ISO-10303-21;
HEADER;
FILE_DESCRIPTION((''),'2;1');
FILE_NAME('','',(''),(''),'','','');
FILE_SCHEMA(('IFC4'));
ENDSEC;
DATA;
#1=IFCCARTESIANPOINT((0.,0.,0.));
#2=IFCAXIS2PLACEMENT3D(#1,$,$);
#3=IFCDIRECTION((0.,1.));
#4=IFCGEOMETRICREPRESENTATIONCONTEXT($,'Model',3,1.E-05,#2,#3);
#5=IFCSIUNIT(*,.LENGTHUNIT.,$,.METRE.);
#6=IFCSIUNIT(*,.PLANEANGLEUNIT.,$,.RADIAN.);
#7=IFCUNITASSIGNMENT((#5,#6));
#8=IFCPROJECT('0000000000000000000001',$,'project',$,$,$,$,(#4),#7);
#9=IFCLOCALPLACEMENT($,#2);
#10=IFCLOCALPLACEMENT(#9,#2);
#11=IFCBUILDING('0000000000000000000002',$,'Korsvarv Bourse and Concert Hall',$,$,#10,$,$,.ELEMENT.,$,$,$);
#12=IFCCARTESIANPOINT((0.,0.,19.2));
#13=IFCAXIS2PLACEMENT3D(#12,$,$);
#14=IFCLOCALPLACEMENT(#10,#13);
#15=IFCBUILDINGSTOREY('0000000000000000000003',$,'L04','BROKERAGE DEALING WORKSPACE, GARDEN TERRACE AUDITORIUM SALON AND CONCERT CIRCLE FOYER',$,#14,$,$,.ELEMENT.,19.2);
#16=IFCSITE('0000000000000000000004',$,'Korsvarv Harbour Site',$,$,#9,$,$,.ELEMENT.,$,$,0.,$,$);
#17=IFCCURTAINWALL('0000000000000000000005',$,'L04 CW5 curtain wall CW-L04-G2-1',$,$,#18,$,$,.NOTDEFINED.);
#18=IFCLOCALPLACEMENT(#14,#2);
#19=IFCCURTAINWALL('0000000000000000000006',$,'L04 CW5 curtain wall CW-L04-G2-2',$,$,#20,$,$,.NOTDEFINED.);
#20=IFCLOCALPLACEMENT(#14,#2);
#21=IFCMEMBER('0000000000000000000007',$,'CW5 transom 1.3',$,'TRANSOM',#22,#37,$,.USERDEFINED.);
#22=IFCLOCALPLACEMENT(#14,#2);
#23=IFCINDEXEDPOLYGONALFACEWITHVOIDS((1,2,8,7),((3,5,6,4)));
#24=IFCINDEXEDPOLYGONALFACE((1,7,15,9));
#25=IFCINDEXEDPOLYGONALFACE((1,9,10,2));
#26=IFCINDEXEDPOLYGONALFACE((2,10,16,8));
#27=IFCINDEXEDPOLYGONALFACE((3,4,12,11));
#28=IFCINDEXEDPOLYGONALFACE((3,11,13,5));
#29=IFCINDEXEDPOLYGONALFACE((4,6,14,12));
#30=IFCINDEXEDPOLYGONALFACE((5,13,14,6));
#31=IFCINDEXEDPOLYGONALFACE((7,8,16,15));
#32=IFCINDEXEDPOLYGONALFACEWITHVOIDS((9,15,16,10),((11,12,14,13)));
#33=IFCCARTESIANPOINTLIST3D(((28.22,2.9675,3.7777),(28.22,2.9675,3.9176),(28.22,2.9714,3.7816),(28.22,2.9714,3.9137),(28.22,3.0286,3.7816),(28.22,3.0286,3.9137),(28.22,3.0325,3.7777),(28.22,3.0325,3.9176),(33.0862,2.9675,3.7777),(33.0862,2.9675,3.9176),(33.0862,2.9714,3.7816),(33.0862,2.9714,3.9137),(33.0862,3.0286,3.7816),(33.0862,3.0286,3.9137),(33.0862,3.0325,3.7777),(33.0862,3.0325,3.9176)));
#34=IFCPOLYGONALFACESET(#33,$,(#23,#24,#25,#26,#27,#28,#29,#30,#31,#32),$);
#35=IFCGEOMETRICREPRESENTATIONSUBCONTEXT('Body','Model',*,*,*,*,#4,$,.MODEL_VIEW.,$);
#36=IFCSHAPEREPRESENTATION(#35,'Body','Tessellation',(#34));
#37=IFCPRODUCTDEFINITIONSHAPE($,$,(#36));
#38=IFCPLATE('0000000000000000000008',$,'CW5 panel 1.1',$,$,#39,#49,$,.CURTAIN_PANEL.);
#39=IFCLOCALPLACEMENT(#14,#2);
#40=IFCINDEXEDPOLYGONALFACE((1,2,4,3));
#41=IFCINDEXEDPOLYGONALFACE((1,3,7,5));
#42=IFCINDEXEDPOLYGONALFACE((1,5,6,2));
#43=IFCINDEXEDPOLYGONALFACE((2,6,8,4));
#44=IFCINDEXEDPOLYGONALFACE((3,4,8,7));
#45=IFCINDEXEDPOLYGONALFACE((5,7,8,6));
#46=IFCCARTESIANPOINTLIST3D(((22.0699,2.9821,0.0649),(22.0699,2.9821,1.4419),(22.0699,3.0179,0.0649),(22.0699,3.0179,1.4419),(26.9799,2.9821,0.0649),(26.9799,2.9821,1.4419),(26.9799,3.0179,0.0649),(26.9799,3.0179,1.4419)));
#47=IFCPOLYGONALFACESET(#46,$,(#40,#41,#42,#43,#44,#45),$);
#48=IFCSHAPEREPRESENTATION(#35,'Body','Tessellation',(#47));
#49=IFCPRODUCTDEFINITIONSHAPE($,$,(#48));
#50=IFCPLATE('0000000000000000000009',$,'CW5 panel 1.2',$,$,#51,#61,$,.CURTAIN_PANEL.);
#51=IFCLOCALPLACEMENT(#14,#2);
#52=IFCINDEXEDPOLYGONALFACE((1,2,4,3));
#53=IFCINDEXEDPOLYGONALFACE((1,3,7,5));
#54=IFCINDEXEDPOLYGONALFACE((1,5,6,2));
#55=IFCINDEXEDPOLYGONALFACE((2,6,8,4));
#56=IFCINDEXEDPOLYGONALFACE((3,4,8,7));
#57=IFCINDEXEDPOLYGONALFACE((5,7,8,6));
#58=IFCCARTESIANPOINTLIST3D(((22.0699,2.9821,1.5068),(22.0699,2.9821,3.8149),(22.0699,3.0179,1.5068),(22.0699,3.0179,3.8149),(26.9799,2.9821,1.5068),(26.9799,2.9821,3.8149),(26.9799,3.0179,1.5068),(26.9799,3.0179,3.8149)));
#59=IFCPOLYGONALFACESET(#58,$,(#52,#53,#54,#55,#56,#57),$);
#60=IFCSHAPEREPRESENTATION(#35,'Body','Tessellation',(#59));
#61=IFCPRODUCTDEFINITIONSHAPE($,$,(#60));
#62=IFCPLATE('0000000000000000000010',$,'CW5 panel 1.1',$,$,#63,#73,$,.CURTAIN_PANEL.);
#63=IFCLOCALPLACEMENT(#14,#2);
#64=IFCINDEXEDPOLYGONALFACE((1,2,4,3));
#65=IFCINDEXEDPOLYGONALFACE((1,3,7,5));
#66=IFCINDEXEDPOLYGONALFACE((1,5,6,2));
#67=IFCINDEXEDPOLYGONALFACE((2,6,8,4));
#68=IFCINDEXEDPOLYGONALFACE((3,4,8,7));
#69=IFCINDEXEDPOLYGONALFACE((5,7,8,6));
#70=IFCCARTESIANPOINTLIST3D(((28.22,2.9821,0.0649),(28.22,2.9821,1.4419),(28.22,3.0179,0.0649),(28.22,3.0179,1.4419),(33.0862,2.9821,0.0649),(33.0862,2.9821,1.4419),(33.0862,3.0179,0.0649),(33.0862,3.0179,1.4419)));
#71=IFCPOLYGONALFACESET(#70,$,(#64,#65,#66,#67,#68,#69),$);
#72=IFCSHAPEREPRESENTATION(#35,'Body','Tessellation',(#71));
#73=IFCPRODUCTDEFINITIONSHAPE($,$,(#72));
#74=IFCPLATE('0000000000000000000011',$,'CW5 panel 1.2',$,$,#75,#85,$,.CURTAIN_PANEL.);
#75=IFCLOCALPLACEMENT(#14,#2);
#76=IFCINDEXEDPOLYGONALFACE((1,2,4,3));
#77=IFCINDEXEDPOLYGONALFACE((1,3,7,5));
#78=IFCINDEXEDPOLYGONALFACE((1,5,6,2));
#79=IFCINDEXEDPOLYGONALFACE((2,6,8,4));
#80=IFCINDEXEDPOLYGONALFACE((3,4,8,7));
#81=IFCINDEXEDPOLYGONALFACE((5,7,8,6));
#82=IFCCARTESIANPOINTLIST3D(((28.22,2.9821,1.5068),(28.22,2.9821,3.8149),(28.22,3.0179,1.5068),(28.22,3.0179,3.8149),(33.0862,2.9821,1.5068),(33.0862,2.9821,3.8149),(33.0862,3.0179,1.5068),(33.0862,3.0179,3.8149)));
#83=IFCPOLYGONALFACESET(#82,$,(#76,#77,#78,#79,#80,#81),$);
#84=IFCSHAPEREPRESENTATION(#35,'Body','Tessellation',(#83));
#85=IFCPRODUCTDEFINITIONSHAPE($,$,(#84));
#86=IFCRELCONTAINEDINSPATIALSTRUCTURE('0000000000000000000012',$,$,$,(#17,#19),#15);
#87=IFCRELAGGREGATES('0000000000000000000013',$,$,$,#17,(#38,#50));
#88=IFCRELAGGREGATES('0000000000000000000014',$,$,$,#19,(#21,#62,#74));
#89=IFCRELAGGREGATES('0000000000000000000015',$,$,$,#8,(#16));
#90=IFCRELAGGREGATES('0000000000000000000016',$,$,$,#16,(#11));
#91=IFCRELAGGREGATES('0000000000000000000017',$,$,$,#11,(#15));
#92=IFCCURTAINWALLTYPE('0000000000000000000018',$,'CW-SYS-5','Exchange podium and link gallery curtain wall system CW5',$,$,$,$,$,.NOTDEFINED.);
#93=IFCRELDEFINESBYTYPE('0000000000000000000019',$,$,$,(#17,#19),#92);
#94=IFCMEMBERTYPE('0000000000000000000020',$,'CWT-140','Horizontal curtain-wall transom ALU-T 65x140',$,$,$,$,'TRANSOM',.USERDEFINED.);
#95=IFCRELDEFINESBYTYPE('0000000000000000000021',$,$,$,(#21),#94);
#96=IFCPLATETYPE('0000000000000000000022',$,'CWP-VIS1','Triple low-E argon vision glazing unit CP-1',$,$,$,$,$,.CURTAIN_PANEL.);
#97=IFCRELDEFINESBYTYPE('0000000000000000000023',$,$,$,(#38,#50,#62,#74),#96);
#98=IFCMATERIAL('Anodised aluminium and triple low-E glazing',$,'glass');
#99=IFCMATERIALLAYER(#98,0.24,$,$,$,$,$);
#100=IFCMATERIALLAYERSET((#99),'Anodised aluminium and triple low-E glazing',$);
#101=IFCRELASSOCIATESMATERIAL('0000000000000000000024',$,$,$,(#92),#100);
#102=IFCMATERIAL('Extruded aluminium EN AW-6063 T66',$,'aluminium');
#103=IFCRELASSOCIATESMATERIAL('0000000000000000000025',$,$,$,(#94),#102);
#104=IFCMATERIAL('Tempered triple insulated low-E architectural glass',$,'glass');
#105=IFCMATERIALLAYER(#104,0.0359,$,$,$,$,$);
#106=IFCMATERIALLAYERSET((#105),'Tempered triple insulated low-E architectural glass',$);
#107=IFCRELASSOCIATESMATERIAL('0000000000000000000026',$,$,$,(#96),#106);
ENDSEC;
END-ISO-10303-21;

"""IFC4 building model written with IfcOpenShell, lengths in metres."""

from ifc_helpers import new_model, si_unit, direction, frame, origin, origin_2d, place, context, subcontext, project, spatial, rectangle, hollow_rectangle, extrude, source, transform, mapped, material, layer, layer_set, material_profile, profile_set, type_object, element, aggregate, save


model = new_model("IFC4")

# Units and contexts
model_context = context("Model", 3, precision=1e-05, world=origin(), true_north=direction((0.0, 1.0)))
body_context = subcontext(model_context, "Body", "Model", "MODEL_VIEW")
ifc_project = project(units=[si_unit("LENGTHUNIT", "METRE"), si_unit("PLANEANGLEUNIT", "RADIAN")], contexts=[model_context])

# Site, building, storey
site_placement = place(None, origin())
site = spatial("IfcSite", under=ifc_project, at=site_placement, Name="Korsvarv Harbour Site", CompositionType="ELEMENT", RefElevation=0.0)
building_placement = place(site_placement, origin())
building = spatial("IfcBuilding", under=site, at=building_placement, Name="Korsvarv Bourse and Concert Hall", CompositionType="ELEMENT")
storey_placement = place(building_placement, frame((0.0, 0.0, 19.2)))
storey = spatial("IfcBuildingStorey", under=building, at=storey_placement, Name="L04", Description="BROKERAGE DEALING WORKSPACE, GARDEN TERRACE AUDITORIUM SALON AND CONCERT CIRCLE FOYER", CompositionType="ELEMENT", Elevation=19.2)

# Curtain wall
ifc_material_1 = material(Name="Anodised aluminium and triple low-E glazing", Category="glass")
ifc_layer_1 = layer(ifc_material_1, 0.24)
ifc_layer_set_1 = layer_set([ifc_layer_1], Name="Anodised aluminium and triple low-E glazing")
curtain_wall_type = type_object("IfcCurtainWallType", Name="CW-SYS-5", Description="Exchange podium and link gallery curtain wall system CW5", PredefinedType="NOTDEFINED", material=ifc_layer_set_1)
curtain_wall_1_placement = place(storey_placement, origin())
curtain_wall_1 = element("IfcCurtainWall", 1, at=curtain_wall_1_placement, inside=storey, type_object=curtain_wall_type, Name="L04 CW5 curtain wall CW-L04-G2-1", PredefinedType="NOTDEFINED")
ifc_material_2 = material(Name="Extruded aluminium EN AW-6063 T66", Category="aluminium")

# Curtain wall
curtain_wall_2_placement = place(storey_placement, origin())
curtain_wall_2 = element("IfcCurtainWall", 2, at=curtain_wall_2_placement, inside=storey, type_object=curtain_wall_type, Name="L04 CW5 curtain wall CW-L04-G2-2", PredefinedType="NOTDEFINED")

# Member
ifc_material_profile_1 = material_profile(ifc_material_2, hollow_rectangle(XDim=0.0649, YDim=0.1399, WallThickness=0.0039, at=origin_2d()), Name="ALU-T 65x140")
ifc_profile_set_1 = profile_set([ifc_material_profile_1], Name="Extruded aluminium EN AW-6063 T66")
member_type_1 = type_object("IfcMemberType", Name="CWT-140", Description="Horizontal curtain-wall transom ALU-T 65x140", ElementType="TRANSOM", PredefinedType="USERDEFINED", material=ifc_profile_set_1)
shared_shape_1 = source(origin(), body_context, "Body", "SweptSolid", [
    extrude(hollow_rectangle(XDim=0.0649, YDim=0.1399, WallThickness=0.0039, at=origin_2d()), origin(), (0.0, 0.0, 1.0), 4.8662),
])
member_1_placement = place(storey_placement, frame((28.22, 3.0, 3.8477), z_axis=(1.0, 0.0, 0.0), x_axis=(0.0, 1.0, 0.0)))
member_1 = element("IfcMember", 3, at=member_1_placement, type_object=member_type_1, Name="CW5 transom 1.3", ObjectType="TRANSOM", PredefinedType="USERDEFINED", context=body_context, shape_type="MappedRepresentation", body=[
    mapped(shared_shape_1, transform((0.0, 0.0, 0.0), scale=1.0)),
])

# Plates
ifc_material_3 = material(Name="Tempered triple insulated low-E architectural glass", Category="glass")
ifc_layer_2 = layer(ifc_material_3, 0.0359)
ifc_layer_set_2 = layer_set([ifc_layer_2], Name="Tempered triple insulated low-E architectural glass")
plate_type = type_object("IfcPlateType", Name="CWP-VIS1", Description="Triple low-E argon vision glazing unit CP-1", PredefinedType="CURTAIN_PANEL", material=ifc_layer_set_2)
shared_shape_2 = source(origin(), body_context, "Body", "SweptSolid", [
    extrude(rectangle(XDim=4.9099, YDim=0.0359, at=origin_2d()), origin(), (0.0, 0.0, 1.0), 1.377),
])
plate_1_placement = place(storey_placement, frame((24.5249, 3.0, 0.0649), z_axis=(0.0, 0.0, 1.0), x_axis=(1.0, 0.0, 0.0)))
plate_1 = element("IfcPlate", 4, at=plate_1_placement, type_object=plate_type, Name="CW5 panel 1.1", PredefinedType="CURTAIN_PANEL", context=body_context, shape_type="MappedRepresentation", body=[
    mapped(shared_shape_2, transform((0.0, 0.0, 0.0), scale=1.0)),
])
shared_shape_3 = source(origin(), body_context, "Body", "SweptSolid", [
    extrude(rectangle(XDim=4.9099, YDim=0.0359, at=origin_2d()), origin(), (0.0, 0.0, 1.0), 2.3081),
])
plate_2_placement = place(storey_placement, frame((24.5249, 3.0, 1.5068), z_axis=(0.0, 0.0, 1.0), x_axis=(1.0, 0.0, 0.0)))
plate_2 = element("IfcPlate", 5, at=plate_2_placement, type_object=plate_type, Name="CW5 panel 1.2", PredefinedType="CURTAIN_PANEL", context=body_context, shape_type="MappedRepresentation", body=[
    mapped(shared_shape_3, transform((0.0, 0.0, 0.0), scale=1.0)),
])
aggregate(curtain_wall_1, [plate_1, plate_2])
shared_shape_4 = source(origin(), body_context, "Body", "SweptSolid", [
    extrude(rectangle(XDim=4.8662, YDim=0.0359, at=origin_2d()), origin(), (0.0, 0.0, 1.0), 1.377),
])
plate_3_placement = place(storey_placement, frame((30.6531, 3.0, 0.0649), z_axis=(0.0, 0.0, 1.0), x_axis=(1.0, 0.0, 0.0)))
plate_3 = element("IfcPlate", 6, at=plate_3_placement, type_object=plate_type, Name="CW5 panel 1.1", PredefinedType="CURTAIN_PANEL", context=body_context, shape_type="MappedRepresentation", body=[
    mapped(shared_shape_4, transform((0.0, 0.0, 0.0), scale=1.0)),
])
shared_shape_5 = source(origin(), body_context, "Body", "SweptSolid", [
    extrude(rectangle(XDim=4.8662, YDim=0.0359, at=origin_2d()), origin(), (0.0, 0.0, 1.0), 2.3081),
])
plate_4_placement = place(storey_placement, frame((30.6531, 3.0, 1.5068), z_axis=(0.0, 0.0, 1.0), x_axis=(1.0, 0.0, 0.0)))
plate_4 = element("IfcPlate", 7, at=plate_4_placement, type_object=plate_type, Name="CW5 panel 1.2", PredefinedType="CURTAIN_PANEL", context=body_context, shape_type="MappedRepresentation", body=[
    mapped(shared_shape_5, transform((0.0, 0.0, 0.0), scale=1.0)),
])
aggregate(curtain_wall_2, [member_1, plate_3, plate_4])

save(model, "model.ifc")
